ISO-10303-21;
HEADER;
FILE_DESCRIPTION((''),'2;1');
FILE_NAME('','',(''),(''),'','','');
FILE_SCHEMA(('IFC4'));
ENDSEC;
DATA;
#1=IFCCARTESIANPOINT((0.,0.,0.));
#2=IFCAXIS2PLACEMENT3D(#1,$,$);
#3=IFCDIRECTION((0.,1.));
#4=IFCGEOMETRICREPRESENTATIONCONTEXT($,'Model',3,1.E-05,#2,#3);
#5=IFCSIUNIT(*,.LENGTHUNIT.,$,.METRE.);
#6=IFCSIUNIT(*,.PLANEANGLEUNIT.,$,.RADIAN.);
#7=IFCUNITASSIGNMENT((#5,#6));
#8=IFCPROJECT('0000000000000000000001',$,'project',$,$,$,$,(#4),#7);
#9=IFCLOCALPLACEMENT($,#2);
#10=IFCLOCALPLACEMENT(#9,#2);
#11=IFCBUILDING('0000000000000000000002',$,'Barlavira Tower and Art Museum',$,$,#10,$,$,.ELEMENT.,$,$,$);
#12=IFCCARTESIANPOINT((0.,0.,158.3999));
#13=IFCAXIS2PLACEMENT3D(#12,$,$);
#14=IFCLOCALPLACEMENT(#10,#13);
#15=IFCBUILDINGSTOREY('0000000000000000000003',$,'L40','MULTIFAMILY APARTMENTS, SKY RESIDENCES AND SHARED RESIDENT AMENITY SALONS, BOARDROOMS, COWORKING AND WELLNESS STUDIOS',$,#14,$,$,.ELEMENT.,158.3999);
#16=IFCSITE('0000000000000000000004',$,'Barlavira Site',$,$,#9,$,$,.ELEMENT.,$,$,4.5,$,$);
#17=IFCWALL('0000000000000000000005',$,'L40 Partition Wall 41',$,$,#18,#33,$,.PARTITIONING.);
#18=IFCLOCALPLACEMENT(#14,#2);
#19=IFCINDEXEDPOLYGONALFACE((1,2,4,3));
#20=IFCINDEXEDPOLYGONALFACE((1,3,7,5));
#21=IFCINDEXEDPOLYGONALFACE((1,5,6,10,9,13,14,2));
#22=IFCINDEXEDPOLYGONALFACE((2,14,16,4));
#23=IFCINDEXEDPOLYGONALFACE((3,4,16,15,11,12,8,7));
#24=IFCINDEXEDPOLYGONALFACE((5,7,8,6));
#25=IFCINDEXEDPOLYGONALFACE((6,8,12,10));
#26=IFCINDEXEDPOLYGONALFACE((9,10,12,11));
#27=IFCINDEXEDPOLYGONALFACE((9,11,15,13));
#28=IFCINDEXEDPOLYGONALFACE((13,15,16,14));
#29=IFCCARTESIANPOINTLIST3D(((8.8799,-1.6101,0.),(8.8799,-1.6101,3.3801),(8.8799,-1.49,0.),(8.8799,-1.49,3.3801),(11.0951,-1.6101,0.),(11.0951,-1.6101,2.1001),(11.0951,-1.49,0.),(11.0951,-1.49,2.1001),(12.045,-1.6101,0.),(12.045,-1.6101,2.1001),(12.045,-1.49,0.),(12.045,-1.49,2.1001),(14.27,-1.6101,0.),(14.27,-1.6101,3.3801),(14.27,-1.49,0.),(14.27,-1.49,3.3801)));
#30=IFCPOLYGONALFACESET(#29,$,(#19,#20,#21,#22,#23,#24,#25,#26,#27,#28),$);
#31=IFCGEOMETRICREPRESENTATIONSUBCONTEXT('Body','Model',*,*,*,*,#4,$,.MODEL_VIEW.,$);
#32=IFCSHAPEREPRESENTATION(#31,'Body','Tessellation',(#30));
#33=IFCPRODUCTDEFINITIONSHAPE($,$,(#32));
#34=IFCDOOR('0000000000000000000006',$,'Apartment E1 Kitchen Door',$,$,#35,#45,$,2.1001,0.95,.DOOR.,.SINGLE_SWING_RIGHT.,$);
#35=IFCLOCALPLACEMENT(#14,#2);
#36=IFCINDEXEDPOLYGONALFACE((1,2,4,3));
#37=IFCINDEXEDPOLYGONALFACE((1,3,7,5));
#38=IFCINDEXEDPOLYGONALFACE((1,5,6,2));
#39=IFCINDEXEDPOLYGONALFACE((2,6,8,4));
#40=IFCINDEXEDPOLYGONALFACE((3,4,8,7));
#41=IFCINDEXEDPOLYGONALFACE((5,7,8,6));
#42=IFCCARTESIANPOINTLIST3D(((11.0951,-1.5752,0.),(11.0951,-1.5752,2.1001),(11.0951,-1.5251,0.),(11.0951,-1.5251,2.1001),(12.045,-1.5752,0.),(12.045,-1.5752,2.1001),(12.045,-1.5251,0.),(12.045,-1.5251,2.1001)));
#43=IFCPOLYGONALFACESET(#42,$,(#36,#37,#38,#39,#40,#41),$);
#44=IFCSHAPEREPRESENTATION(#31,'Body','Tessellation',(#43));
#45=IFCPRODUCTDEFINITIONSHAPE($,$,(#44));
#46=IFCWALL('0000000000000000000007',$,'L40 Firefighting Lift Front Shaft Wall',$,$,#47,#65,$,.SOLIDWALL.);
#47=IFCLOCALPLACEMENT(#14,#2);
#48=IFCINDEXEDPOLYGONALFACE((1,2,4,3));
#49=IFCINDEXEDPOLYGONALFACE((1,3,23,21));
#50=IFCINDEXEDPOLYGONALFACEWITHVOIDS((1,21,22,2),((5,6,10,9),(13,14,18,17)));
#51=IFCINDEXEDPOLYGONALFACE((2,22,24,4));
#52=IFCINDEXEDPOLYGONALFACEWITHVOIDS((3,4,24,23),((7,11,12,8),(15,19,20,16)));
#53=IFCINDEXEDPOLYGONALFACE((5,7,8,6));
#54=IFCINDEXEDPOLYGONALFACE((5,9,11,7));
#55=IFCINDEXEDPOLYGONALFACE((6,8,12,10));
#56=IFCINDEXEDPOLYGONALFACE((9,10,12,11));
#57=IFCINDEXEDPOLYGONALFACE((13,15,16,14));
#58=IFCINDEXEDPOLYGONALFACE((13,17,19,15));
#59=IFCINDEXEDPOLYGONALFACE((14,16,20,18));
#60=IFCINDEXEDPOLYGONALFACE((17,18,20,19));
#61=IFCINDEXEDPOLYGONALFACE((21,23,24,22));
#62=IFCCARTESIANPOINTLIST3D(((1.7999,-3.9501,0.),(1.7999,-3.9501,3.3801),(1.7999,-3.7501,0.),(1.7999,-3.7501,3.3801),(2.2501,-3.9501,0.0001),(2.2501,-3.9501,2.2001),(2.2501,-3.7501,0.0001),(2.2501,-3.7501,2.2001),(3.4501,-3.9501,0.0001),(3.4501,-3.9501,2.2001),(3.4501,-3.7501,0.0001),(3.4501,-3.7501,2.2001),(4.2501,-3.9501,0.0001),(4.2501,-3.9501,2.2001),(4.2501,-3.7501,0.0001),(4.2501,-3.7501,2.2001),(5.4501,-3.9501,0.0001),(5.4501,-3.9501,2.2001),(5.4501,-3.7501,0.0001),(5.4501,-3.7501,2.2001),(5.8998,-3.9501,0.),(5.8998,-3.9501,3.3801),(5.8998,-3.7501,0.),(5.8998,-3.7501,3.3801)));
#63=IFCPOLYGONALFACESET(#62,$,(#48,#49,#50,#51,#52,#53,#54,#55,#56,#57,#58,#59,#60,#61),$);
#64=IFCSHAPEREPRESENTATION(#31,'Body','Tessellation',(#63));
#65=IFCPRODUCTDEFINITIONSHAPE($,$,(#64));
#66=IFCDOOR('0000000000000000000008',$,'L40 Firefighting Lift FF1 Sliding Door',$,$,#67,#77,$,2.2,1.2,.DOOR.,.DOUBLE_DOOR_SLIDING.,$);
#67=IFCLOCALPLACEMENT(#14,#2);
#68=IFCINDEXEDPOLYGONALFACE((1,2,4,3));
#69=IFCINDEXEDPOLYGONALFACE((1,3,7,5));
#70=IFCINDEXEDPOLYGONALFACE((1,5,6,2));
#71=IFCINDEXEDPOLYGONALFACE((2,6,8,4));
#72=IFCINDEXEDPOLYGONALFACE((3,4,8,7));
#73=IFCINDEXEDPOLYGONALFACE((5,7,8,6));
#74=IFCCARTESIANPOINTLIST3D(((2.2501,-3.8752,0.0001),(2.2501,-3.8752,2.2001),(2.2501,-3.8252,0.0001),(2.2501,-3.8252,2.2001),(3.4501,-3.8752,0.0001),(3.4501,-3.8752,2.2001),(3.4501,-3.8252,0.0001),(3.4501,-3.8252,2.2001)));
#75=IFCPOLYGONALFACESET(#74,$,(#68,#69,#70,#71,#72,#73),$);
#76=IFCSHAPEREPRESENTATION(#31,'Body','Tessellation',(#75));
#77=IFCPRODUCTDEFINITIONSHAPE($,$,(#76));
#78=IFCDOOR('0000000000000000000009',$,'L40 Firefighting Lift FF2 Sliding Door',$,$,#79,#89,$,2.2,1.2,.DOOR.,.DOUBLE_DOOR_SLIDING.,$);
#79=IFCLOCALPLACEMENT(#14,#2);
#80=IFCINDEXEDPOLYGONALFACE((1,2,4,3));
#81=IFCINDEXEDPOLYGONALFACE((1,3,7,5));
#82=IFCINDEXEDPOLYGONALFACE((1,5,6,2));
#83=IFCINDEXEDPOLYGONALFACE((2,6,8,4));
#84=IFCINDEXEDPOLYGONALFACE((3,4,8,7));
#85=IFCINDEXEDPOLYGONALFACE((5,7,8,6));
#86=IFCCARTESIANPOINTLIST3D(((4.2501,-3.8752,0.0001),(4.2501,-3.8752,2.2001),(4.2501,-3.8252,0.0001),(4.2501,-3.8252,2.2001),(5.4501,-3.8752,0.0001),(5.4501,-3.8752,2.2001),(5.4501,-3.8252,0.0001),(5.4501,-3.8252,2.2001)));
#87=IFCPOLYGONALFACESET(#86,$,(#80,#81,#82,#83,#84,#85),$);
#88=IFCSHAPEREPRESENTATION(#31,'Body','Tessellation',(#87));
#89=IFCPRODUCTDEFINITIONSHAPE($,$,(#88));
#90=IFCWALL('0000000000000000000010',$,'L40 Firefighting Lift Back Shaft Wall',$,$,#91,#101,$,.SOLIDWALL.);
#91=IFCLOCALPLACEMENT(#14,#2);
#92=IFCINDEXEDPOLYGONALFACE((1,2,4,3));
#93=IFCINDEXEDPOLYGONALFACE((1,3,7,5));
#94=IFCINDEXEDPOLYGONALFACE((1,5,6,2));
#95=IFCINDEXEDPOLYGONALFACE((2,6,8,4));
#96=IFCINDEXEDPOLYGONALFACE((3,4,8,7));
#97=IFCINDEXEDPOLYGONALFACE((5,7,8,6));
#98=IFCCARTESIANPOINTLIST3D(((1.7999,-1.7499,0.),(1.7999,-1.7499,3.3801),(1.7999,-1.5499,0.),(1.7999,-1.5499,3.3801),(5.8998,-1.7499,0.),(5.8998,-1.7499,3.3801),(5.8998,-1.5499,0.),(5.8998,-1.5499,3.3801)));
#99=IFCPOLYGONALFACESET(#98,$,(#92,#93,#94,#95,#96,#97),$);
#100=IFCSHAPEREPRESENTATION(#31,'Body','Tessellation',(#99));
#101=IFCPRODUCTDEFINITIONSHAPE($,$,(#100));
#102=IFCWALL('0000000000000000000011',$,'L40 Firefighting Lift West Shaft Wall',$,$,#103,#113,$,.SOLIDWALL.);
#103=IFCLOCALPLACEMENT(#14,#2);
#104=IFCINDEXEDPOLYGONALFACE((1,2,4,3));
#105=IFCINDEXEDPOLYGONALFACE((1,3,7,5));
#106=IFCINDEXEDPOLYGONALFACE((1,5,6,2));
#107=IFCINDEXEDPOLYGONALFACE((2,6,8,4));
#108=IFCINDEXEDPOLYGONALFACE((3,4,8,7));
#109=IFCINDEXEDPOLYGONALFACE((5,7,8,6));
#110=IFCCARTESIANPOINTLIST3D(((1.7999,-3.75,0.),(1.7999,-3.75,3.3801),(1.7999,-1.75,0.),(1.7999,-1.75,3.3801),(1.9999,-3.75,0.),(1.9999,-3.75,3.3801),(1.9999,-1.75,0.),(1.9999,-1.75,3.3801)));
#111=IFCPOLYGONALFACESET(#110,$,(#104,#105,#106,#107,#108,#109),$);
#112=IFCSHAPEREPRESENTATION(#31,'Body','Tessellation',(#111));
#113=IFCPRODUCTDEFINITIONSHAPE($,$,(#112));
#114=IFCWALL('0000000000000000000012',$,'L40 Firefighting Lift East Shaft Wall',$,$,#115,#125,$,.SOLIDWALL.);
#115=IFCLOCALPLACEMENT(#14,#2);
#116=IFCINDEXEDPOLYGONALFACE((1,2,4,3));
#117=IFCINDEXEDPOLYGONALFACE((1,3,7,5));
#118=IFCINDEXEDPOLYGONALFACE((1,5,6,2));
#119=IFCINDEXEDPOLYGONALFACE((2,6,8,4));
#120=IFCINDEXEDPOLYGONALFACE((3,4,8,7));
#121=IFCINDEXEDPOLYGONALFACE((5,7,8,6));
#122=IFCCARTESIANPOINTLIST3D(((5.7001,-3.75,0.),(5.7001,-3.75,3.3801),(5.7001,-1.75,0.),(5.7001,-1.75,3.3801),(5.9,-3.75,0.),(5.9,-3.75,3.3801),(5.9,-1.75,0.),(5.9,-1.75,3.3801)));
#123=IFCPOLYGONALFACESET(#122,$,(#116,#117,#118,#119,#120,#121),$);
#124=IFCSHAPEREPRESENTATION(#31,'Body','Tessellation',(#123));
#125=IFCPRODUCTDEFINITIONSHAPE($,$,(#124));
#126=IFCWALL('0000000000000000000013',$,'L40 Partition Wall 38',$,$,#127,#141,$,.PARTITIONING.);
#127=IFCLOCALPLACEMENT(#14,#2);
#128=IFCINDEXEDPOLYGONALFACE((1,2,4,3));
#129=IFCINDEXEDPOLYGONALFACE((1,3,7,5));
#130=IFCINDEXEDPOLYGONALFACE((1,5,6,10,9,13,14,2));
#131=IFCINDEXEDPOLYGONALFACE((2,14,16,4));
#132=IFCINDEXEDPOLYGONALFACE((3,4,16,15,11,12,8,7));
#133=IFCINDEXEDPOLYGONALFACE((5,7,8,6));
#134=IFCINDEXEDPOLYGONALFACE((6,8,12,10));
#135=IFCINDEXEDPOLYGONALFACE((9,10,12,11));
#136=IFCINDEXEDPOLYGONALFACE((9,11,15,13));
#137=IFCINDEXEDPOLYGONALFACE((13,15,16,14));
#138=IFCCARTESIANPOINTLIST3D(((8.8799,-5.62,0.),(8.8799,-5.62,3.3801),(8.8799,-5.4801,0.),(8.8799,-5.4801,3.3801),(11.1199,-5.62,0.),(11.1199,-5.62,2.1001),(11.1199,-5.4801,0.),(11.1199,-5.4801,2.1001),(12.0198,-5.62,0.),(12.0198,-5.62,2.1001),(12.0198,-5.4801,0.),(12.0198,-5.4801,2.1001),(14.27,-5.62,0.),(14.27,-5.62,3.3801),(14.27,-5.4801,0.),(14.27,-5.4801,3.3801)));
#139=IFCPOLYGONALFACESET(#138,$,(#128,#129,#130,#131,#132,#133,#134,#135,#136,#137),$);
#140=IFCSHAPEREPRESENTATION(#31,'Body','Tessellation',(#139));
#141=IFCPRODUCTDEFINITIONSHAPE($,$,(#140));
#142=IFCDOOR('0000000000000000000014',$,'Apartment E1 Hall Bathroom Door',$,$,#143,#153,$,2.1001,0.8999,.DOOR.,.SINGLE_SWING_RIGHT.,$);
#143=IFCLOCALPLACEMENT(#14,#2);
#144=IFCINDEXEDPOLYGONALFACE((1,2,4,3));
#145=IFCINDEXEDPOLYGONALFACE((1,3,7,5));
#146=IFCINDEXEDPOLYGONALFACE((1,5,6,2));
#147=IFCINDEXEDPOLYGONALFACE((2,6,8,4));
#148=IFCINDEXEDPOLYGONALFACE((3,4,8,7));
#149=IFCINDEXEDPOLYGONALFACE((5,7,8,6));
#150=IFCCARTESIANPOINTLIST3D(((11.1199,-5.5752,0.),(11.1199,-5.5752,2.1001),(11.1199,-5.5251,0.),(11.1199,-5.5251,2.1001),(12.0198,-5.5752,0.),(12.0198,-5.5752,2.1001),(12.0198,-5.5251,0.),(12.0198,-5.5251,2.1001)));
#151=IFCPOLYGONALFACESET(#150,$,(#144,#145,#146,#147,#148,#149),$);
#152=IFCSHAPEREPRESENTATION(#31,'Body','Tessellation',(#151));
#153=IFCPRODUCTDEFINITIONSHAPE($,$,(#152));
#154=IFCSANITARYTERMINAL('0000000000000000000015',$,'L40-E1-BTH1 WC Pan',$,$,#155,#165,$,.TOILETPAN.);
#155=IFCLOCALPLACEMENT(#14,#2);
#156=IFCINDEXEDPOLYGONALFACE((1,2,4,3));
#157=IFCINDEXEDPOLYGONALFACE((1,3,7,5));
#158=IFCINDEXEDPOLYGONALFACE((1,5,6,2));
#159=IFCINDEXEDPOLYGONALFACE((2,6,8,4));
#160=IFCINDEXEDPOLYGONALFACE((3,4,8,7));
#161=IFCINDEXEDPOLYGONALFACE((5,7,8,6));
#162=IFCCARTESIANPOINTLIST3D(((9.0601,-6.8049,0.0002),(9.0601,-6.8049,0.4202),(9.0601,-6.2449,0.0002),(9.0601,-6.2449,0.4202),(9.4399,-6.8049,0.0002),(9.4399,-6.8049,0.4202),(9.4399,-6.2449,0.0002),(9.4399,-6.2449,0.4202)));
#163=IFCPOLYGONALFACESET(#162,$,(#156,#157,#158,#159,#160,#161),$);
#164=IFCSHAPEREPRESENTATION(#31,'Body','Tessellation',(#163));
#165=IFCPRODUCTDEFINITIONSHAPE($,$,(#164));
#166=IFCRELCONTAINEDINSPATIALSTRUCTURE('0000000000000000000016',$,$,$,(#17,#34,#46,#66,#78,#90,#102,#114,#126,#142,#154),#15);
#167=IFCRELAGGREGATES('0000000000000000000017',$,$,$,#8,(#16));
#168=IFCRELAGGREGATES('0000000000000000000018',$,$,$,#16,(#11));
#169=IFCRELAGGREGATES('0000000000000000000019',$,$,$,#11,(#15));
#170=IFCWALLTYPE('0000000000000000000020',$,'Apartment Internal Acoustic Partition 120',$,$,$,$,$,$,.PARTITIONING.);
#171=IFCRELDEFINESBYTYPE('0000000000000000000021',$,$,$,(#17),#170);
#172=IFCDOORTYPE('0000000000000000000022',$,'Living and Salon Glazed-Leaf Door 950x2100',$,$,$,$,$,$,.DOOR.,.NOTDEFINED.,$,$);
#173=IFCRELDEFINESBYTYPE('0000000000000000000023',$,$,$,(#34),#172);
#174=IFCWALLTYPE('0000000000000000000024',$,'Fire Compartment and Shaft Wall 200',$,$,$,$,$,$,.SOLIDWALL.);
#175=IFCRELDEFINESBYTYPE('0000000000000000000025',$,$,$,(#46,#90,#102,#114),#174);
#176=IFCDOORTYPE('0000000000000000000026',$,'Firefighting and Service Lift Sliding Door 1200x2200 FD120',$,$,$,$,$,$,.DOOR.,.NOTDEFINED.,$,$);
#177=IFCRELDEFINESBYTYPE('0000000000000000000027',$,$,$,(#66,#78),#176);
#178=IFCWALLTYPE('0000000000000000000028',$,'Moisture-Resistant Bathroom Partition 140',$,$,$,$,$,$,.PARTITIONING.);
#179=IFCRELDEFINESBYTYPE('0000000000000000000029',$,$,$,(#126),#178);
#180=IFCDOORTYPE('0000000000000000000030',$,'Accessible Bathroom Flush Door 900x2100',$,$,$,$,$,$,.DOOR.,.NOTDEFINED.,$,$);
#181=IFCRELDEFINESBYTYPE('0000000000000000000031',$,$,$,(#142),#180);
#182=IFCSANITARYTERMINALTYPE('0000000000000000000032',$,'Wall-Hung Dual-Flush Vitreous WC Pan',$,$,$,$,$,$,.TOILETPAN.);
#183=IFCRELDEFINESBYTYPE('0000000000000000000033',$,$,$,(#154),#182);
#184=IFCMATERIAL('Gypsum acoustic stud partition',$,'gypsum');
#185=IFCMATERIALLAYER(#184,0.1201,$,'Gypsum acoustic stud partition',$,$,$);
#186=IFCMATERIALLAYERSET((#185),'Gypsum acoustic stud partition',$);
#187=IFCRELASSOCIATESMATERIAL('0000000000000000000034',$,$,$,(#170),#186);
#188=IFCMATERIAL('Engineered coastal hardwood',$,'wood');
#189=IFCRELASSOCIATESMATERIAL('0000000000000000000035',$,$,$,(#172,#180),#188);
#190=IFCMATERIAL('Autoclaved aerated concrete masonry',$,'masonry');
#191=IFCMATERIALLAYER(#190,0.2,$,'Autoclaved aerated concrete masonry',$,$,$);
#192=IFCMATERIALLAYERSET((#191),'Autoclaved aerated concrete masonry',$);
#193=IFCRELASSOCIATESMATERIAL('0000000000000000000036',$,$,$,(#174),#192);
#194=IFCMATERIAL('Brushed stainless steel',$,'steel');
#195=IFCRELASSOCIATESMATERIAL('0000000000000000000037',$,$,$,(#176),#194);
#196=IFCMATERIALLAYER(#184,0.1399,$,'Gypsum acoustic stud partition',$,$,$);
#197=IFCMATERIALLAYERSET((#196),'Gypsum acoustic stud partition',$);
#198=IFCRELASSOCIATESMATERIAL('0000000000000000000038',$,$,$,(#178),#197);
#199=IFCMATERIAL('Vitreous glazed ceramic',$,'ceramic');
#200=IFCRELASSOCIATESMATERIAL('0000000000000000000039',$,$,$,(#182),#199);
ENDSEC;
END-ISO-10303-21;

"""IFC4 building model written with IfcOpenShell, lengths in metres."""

from ifc_helpers import new_model, si_unit, direction, frame, frame_2d, origin, origin_2d, place, context, subcontext, project, spatial, rectangle, extrude, material, layer, layer_set, type_object, element, fill, save


model = new_model("IFC4")

# Units and contexts
model_context = context("Model", 3, precision=1e-05, world=origin(), true_north=direction((0.0, 1.0)))
body_context = subcontext(model_context, "Body", "Model", "MODEL_VIEW")
ifc_project = project(units=[si_unit("LENGTHUNIT", "METRE"), si_unit("PLANEANGLEUNIT", "RADIAN")], contexts=[model_context])

# Site, building, storey
site_placement = place(None, origin())
site = spatial("IfcSite", under=ifc_project, at=site_placement, Name="Barlavira Site", CompositionType="ELEMENT", RefElevation=4.5)
building_placement = place(site_placement, origin())
building = spatial("IfcBuilding", under=site, at=building_placement, Name="Barlavira Tower and Art Museum", CompositionType="ELEMENT")
storey_placement = place(building_placement, frame((0.0, 0.0, 158.3999)))
storey = spatial("IfcBuildingStorey", under=building, at=storey_placement, Name="L40", Description="MULTIFAMILY APARTMENTS, SKY RESIDENCES AND SHARED RESIDENT AMENITY SALONS, BOARDROOMS, COWORKING AND WELLNESS STUDIOS", CompositionType="ELEMENT", Elevation=158.3999)

# Wall, opening, door
ifc_material_1 = material(Name="Gypsum acoustic stud partition", Category="gypsum")
ifc_layer_1 = layer(ifc_material_1, 0.1201, Name="Gypsum acoustic stud partition")
ifc_layer_set_1 = layer_set([ifc_layer_1], Name="Gypsum acoustic stud partition")
wall_type_1 = type_object("IfcWallType", Name="Apartment Internal Acoustic Partition 120", PredefinedType="PARTITIONING", material=ifc_layer_set_1)
wall_1_placement = place(storey_placement, frame((8.8799, -1.55, 0.0), z_axis=(0.0, 0.0, 1.0), x_axis=(1.0, 0.0, 0.0)))
wall_1 = element("IfcWall", 1, at=wall_1_placement, inside=storey, type_object=wall_type_1, Name="L40 Partition Wall 41", PredefinedType="PARTITIONING", context=body_context, shape_type="SweptSolid", body=[
    extrude(rectangle(XDim=5.3901, YDim=0.1201, at=frame_2d((2.6951, 0.0))), origin(), (0.0, 0.0, 1.0), 3.3801),
])
opening_1_placement = place(wall_1_placement, frame((2.2151, 0.0, 0.0)))
opening_1 = element("IfcOpeningElement", 2, at=opening_1_placement, cuts=wall_1, PredefinedType="OPENING", context=body_context, shape_type="SweptSolid", body=[
    extrude(rectangle(XDim=0.95, YDim=2.1001, at=frame_2d((0.4751, 1.05))), frame((0.0, 0.0701, 0.0), z_axis=(0.0, -1.0, 0.0), x_axis=(1.0, 0.0, 0.0)), (0.0, 0.0, 1.0), 0.1401),
])
ifc_material_2 = material(Name="Engineered coastal hardwood", Category="wood")
door_type_1 = type_object("IfcDoorType", Name="Living and Salon Glazed-Leaf Door 950x2100", OperationType="NOTDEFINED", PredefinedType="DOOR", material=ifc_material_2)
door_1_placement = place(opening_1_placement, origin())
door_1 = element("IfcDoor", 3, at=door_1_placement, inside=storey, type_object=door_type_1, Name="Apartment E1 Kitchen Door", OperationType="SINGLE_SWING_RIGHT", OverallHeight=2.1001, OverallWidth=0.95, PredefinedType="DOOR", context=body_context, shape_type="SweptSolid", body=[
    extrude(rectangle(XDim=0.95, YDim=2.1001, at=frame_2d((0.4751, 1.05))), frame((0.0, 0.0249, 0.0), z_axis=(0.0, -1.0, 0.0), x_axis=(1.0, 0.0, 0.0)), (0.0, 0.0, 1.0), 0.05),
])
fill(opening_1, door_1)
ifc_material_3 = material(Name="Brushed stainless steel", Category="steel")

# Wall, openings, doors
ifc_material_4 = material(Name="Autoclaved aerated concrete masonry", Category="masonry")
ifc_layer_2 = layer(ifc_material_4, 0.2, Name="Autoclaved aerated concrete masonry")
ifc_layer_set_2 = layer_set([ifc_layer_2], Name="Autoclaved aerated concrete masonry")
wall_type_2 = type_object("IfcWallType", Name="Fire Compartment and Shaft Wall 200", PredefinedType="SOLIDWALL", material=ifc_layer_set_2)
wall_2_placement = place(storey_placement, frame((1.8, -3.8501, 0.0), z_axis=(0.0, 0.0, 1.0), x_axis=(1.0, 0.0, 0.0)))
wall_2 = element("IfcWall", 4, at=wall_2_placement, inside=storey, type_object=wall_type_2, Name="L40 Firefighting Lift Front Shaft Wall", PredefinedType="SOLIDWALL", context=body_context, shape_type="SweptSolid", body=[
    extrude(rectangle(XDim=4.0999, YDim=0.2, at=frame_2d((2.0498, 0.0))), origin(), (0.0, 0.0, 1.0), 3.3801),
])
opening_2_placement = place(wall_2_placement, frame((0.45, 0.0, 0.0)))
opening_2 = element("IfcOpeningElement", 5, at=opening_2_placement, cuts=wall_2, PredefinedType="OPENING", context=body_context, shape_type="SweptSolid", body=[
    extrude(rectangle(XDim=1.2, YDim=2.2, at=frame_2d((0.6001, 1.1001))), frame((0.0, 0.1099, 0.0), z_axis=(0.0, -1.0, 0.0), x_axis=(1.0, 0.0, 0.0)), (0.0, 0.0, 1.0), 0.22),
])
opening_3_placement = place(wall_2_placement, frame((2.45, 0.0, 0.0)))
opening_3 = element("IfcOpeningElement", 6, at=opening_3_placement, cuts=wall_2, PredefinedType="OPENING", context=body_context, shape_type="SweptSolid", body=[
    extrude(rectangle(XDim=1.2, YDim=2.2, at=frame_2d((0.6001, 1.1001))), frame((0.0, 0.1099, 0.0), z_axis=(0.0, -1.0, 0.0), x_axis=(1.0, 0.0, 0.0)), (0.0, 0.0, 1.0), 0.22),
])
door_type_2 = type_object("IfcDoorType", Name="Firefighting and Service Lift Sliding Door 1200x2200 FD120", OperationType="NOTDEFINED", PredefinedType="DOOR", material=ifc_material_3)
door_2_placement = place(opening_2_placement, origin())
door_2 = element("IfcDoor", 7, at=door_2_placement, inside=storey, type_object=door_type_2, Name="L40 Firefighting Lift FF1 Sliding Door", OperationType="DOUBLE_DOOR_SLIDING", OverallHeight=2.2, OverallWidth=1.2, PredefinedType="DOOR", context=body_context, shape_type="SweptSolid", body=[
    extrude(rectangle(XDim=1.2, YDim=2.2, at=frame_2d((0.6001, 1.1001))), frame((0.0, 0.0249, 0.0), z_axis=(0.0, -1.0, 0.0), x_axis=(1.0, 0.0, 0.0)), (0.0, 0.0, 1.0), 0.05),
])
fill(opening_2, door_2)
door_3_placement = place(opening_3_placement, origin())
door_3 = element("IfcDoor", 8, at=door_3_placement, inside=storey, type_object=door_type_2, Name="L40 Firefighting Lift FF2 Sliding Door", OperationType="DOUBLE_DOOR_SLIDING", OverallHeight=2.2, OverallWidth=1.2, PredefinedType="DOOR", context=body_context, shape_type="SweptSolid", body=[
    extrude(rectangle(XDim=1.2, YDim=2.2, at=frame_2d((0.6001, 1.1001))), frame((0.0, 0.0249, 0.0), z_axis=(0.0, -1.0, 0.0), x_axis=(1.0, 0.0, 0.0)), (0.0, 0.0, 1.0), 0.05),
])
fill(opening_3, door_3)

# Walls
wall_3_placement = place(storey_placement, frame((1.8, -1.6499, 0.0), z_axis=(0.0, 0.0, 1.0), x_axis=(1.0, 0.0, 0.0)))
element("IfcWall", 9, at=wall_3_placement, inside=storey, type_object=wall_type_2, Name="L40 Firefighting Lift Back Shaft Wall", PredefinedType="SOLIDWALL", context=body_context, shape_type="SweptSolid", body=[
    extrude(rectangle(XDim=4.0999, YDim=0.2, at=frame_2d((2.0498, 0.0))), origin(), (0.0, 0.0, 1.0), 3.3801),
])
for number, where, z_axis, x_axis, name in (
    (10, (1.8999, -3.75, 0.0), (0.0, 0.0, 1.0), (0.0, 1.0, 0.0), "L40 Firefighting Lift West Shaft Wall"),
    (11, (5.8, -3.75, 0.0), (0.0, 0.0, 1.0), (0.0, 1.0, 0.0), "L40 Firefighting Lift East Shaft Wall"),
):
    element("IfcWall", number, at=place(storey_placement, frame(where, z_axis=z_axis, x_axis=x_axis)), inside=storey, type_object=wall_type_2, Name=name, PredefinedType="SOLIDWALL", context=body_context, shape_type="SweptSolid", body=[
        extrude(rectangle(XDim=2.0, YDim=0.2, at=frame_2d((1.0, 0.0))), origin(), (0.0, 0.0, 1.0), 3.3801),
    ])

# Wall, opening, door
ifc_layer_3 = layer(ifc_material_1, 0.1399, Name="Gypsum acoustic stud partition")
ifc_layer_set_3 = layer_set([ifc_layer_3], Name="Gypsum acoustic stud partition")
wall_type_3 = type_object("IfcWallType", Name="Moisture-Resistant Bathroom Partition 140", PredefinedType="PARTITIONING", material=ifc_layer_set_3)
wall_4_placement = place(storey_placement, frame((8.8799, -5.55, 0.0), z_axis=(0.0, 0.0, 1.0), x_axis=(1.0, 0.0, 0.0)))
wall_4 = element("IfcWall", 12, at=wall_4_placement, inside=storey, type_object=wall_type_3, Name="L40 Partition Wall 38", PredefinedType="PARTITIONING", context=body_context, shape_type="SweptSolid", body=[
    extrude(rectangle(XDim=5.3901, YDim=0.1399, at=frame_2d((2.6951, 0.0))), origin(), (0.0, 0.0, 1.0), 3.3801),
])
opening_4_placement = place(wall_4_placement, frame((2.24, 0.0, 0.0)))
opening_4 = element("IfcOpeningElement", 13, at=opening_4_placement, cuts=wall_4, PredefinedType="OPENING", context=body_context, shape_type="SweptSolid", body=[
    extrude(rectangle(XDim=0.8999, YDim=2.1001, at=frame_2d((0.45, 1.05))), frame((0.0, 0.0801, 0.0), z_axis=(0.0, -1.0, 0.0), x_axis=(1.0, 0.0, 0.0)), (0.0, 0.0, 1.0), 0.1599),
])
door_type_3 = type_object("IfcDoorType", Name="Accessible Bathroom Flush Door 900x2100", OperationType="NOTDEFINED", PredefinedType="DOOR", material=ifc_material_2)
door_4_placement = place(opening_4_placement, origin())
door_4 = element("IfcDoor", 14, at=door_4_placement, inside=storey, type_object=door_type_3, Name="Apartment E1 Hall Bathroom Door", OperationType="SINGLE_SWING_RIGHT", OverallHeight=2.1001, OverallWidth=0.8999, PredefinedType="DOOR", context=body_context, shape_type="SweptSolid", body=[
    extrude(rectangle(XDim=0.8999, YDim=2.1001, at=frame_2d((0.45, 1.05))), frame((0.0, 0.0249, 0.0), z_axis=(0.0, -1.0, 0.0), x_axis=(1.0, 0.0, 0.0)), (0.0, 0.0, 1.0), 0.05),
])
fill(opening_4, door_4)

# Sanitary terminal
ifc_material_5 = material(Name="Vitreous glazed ceramic", Category="ceramic")
sanitary_terminal_type = type_object("IfcSanitaryTerminalType", Name="Wall-Hung Dual-Flush Vitreous WC Pan", PredefinedType="TOILETPAN", material=ifc_material_5)
sanitary_terminal_placement = place(storey_placement, frame((9.25, -6.5249, 0.0002), z_axis=(0.0, 0.0, 1.0), x_axis=(1.0, 0.0, 0.0)))
element("IfcSanitaryTerminal", 15, at=sanitary_terminal_placement, inside=storey, type_object=sanitary_terminal_type, Name="L40-E1-BTH1 WC Pan", PredefinedType="TOILETPAN", context=body_context, shape_type="SweptSolid", body=[
    extrude(rectangle(XDim=0.3799, YDim=0.5601, at=origin_2d()), origin(), (0.0, 0.0, 1.0), 0.4199),
])

save(model, "model.ifc")
